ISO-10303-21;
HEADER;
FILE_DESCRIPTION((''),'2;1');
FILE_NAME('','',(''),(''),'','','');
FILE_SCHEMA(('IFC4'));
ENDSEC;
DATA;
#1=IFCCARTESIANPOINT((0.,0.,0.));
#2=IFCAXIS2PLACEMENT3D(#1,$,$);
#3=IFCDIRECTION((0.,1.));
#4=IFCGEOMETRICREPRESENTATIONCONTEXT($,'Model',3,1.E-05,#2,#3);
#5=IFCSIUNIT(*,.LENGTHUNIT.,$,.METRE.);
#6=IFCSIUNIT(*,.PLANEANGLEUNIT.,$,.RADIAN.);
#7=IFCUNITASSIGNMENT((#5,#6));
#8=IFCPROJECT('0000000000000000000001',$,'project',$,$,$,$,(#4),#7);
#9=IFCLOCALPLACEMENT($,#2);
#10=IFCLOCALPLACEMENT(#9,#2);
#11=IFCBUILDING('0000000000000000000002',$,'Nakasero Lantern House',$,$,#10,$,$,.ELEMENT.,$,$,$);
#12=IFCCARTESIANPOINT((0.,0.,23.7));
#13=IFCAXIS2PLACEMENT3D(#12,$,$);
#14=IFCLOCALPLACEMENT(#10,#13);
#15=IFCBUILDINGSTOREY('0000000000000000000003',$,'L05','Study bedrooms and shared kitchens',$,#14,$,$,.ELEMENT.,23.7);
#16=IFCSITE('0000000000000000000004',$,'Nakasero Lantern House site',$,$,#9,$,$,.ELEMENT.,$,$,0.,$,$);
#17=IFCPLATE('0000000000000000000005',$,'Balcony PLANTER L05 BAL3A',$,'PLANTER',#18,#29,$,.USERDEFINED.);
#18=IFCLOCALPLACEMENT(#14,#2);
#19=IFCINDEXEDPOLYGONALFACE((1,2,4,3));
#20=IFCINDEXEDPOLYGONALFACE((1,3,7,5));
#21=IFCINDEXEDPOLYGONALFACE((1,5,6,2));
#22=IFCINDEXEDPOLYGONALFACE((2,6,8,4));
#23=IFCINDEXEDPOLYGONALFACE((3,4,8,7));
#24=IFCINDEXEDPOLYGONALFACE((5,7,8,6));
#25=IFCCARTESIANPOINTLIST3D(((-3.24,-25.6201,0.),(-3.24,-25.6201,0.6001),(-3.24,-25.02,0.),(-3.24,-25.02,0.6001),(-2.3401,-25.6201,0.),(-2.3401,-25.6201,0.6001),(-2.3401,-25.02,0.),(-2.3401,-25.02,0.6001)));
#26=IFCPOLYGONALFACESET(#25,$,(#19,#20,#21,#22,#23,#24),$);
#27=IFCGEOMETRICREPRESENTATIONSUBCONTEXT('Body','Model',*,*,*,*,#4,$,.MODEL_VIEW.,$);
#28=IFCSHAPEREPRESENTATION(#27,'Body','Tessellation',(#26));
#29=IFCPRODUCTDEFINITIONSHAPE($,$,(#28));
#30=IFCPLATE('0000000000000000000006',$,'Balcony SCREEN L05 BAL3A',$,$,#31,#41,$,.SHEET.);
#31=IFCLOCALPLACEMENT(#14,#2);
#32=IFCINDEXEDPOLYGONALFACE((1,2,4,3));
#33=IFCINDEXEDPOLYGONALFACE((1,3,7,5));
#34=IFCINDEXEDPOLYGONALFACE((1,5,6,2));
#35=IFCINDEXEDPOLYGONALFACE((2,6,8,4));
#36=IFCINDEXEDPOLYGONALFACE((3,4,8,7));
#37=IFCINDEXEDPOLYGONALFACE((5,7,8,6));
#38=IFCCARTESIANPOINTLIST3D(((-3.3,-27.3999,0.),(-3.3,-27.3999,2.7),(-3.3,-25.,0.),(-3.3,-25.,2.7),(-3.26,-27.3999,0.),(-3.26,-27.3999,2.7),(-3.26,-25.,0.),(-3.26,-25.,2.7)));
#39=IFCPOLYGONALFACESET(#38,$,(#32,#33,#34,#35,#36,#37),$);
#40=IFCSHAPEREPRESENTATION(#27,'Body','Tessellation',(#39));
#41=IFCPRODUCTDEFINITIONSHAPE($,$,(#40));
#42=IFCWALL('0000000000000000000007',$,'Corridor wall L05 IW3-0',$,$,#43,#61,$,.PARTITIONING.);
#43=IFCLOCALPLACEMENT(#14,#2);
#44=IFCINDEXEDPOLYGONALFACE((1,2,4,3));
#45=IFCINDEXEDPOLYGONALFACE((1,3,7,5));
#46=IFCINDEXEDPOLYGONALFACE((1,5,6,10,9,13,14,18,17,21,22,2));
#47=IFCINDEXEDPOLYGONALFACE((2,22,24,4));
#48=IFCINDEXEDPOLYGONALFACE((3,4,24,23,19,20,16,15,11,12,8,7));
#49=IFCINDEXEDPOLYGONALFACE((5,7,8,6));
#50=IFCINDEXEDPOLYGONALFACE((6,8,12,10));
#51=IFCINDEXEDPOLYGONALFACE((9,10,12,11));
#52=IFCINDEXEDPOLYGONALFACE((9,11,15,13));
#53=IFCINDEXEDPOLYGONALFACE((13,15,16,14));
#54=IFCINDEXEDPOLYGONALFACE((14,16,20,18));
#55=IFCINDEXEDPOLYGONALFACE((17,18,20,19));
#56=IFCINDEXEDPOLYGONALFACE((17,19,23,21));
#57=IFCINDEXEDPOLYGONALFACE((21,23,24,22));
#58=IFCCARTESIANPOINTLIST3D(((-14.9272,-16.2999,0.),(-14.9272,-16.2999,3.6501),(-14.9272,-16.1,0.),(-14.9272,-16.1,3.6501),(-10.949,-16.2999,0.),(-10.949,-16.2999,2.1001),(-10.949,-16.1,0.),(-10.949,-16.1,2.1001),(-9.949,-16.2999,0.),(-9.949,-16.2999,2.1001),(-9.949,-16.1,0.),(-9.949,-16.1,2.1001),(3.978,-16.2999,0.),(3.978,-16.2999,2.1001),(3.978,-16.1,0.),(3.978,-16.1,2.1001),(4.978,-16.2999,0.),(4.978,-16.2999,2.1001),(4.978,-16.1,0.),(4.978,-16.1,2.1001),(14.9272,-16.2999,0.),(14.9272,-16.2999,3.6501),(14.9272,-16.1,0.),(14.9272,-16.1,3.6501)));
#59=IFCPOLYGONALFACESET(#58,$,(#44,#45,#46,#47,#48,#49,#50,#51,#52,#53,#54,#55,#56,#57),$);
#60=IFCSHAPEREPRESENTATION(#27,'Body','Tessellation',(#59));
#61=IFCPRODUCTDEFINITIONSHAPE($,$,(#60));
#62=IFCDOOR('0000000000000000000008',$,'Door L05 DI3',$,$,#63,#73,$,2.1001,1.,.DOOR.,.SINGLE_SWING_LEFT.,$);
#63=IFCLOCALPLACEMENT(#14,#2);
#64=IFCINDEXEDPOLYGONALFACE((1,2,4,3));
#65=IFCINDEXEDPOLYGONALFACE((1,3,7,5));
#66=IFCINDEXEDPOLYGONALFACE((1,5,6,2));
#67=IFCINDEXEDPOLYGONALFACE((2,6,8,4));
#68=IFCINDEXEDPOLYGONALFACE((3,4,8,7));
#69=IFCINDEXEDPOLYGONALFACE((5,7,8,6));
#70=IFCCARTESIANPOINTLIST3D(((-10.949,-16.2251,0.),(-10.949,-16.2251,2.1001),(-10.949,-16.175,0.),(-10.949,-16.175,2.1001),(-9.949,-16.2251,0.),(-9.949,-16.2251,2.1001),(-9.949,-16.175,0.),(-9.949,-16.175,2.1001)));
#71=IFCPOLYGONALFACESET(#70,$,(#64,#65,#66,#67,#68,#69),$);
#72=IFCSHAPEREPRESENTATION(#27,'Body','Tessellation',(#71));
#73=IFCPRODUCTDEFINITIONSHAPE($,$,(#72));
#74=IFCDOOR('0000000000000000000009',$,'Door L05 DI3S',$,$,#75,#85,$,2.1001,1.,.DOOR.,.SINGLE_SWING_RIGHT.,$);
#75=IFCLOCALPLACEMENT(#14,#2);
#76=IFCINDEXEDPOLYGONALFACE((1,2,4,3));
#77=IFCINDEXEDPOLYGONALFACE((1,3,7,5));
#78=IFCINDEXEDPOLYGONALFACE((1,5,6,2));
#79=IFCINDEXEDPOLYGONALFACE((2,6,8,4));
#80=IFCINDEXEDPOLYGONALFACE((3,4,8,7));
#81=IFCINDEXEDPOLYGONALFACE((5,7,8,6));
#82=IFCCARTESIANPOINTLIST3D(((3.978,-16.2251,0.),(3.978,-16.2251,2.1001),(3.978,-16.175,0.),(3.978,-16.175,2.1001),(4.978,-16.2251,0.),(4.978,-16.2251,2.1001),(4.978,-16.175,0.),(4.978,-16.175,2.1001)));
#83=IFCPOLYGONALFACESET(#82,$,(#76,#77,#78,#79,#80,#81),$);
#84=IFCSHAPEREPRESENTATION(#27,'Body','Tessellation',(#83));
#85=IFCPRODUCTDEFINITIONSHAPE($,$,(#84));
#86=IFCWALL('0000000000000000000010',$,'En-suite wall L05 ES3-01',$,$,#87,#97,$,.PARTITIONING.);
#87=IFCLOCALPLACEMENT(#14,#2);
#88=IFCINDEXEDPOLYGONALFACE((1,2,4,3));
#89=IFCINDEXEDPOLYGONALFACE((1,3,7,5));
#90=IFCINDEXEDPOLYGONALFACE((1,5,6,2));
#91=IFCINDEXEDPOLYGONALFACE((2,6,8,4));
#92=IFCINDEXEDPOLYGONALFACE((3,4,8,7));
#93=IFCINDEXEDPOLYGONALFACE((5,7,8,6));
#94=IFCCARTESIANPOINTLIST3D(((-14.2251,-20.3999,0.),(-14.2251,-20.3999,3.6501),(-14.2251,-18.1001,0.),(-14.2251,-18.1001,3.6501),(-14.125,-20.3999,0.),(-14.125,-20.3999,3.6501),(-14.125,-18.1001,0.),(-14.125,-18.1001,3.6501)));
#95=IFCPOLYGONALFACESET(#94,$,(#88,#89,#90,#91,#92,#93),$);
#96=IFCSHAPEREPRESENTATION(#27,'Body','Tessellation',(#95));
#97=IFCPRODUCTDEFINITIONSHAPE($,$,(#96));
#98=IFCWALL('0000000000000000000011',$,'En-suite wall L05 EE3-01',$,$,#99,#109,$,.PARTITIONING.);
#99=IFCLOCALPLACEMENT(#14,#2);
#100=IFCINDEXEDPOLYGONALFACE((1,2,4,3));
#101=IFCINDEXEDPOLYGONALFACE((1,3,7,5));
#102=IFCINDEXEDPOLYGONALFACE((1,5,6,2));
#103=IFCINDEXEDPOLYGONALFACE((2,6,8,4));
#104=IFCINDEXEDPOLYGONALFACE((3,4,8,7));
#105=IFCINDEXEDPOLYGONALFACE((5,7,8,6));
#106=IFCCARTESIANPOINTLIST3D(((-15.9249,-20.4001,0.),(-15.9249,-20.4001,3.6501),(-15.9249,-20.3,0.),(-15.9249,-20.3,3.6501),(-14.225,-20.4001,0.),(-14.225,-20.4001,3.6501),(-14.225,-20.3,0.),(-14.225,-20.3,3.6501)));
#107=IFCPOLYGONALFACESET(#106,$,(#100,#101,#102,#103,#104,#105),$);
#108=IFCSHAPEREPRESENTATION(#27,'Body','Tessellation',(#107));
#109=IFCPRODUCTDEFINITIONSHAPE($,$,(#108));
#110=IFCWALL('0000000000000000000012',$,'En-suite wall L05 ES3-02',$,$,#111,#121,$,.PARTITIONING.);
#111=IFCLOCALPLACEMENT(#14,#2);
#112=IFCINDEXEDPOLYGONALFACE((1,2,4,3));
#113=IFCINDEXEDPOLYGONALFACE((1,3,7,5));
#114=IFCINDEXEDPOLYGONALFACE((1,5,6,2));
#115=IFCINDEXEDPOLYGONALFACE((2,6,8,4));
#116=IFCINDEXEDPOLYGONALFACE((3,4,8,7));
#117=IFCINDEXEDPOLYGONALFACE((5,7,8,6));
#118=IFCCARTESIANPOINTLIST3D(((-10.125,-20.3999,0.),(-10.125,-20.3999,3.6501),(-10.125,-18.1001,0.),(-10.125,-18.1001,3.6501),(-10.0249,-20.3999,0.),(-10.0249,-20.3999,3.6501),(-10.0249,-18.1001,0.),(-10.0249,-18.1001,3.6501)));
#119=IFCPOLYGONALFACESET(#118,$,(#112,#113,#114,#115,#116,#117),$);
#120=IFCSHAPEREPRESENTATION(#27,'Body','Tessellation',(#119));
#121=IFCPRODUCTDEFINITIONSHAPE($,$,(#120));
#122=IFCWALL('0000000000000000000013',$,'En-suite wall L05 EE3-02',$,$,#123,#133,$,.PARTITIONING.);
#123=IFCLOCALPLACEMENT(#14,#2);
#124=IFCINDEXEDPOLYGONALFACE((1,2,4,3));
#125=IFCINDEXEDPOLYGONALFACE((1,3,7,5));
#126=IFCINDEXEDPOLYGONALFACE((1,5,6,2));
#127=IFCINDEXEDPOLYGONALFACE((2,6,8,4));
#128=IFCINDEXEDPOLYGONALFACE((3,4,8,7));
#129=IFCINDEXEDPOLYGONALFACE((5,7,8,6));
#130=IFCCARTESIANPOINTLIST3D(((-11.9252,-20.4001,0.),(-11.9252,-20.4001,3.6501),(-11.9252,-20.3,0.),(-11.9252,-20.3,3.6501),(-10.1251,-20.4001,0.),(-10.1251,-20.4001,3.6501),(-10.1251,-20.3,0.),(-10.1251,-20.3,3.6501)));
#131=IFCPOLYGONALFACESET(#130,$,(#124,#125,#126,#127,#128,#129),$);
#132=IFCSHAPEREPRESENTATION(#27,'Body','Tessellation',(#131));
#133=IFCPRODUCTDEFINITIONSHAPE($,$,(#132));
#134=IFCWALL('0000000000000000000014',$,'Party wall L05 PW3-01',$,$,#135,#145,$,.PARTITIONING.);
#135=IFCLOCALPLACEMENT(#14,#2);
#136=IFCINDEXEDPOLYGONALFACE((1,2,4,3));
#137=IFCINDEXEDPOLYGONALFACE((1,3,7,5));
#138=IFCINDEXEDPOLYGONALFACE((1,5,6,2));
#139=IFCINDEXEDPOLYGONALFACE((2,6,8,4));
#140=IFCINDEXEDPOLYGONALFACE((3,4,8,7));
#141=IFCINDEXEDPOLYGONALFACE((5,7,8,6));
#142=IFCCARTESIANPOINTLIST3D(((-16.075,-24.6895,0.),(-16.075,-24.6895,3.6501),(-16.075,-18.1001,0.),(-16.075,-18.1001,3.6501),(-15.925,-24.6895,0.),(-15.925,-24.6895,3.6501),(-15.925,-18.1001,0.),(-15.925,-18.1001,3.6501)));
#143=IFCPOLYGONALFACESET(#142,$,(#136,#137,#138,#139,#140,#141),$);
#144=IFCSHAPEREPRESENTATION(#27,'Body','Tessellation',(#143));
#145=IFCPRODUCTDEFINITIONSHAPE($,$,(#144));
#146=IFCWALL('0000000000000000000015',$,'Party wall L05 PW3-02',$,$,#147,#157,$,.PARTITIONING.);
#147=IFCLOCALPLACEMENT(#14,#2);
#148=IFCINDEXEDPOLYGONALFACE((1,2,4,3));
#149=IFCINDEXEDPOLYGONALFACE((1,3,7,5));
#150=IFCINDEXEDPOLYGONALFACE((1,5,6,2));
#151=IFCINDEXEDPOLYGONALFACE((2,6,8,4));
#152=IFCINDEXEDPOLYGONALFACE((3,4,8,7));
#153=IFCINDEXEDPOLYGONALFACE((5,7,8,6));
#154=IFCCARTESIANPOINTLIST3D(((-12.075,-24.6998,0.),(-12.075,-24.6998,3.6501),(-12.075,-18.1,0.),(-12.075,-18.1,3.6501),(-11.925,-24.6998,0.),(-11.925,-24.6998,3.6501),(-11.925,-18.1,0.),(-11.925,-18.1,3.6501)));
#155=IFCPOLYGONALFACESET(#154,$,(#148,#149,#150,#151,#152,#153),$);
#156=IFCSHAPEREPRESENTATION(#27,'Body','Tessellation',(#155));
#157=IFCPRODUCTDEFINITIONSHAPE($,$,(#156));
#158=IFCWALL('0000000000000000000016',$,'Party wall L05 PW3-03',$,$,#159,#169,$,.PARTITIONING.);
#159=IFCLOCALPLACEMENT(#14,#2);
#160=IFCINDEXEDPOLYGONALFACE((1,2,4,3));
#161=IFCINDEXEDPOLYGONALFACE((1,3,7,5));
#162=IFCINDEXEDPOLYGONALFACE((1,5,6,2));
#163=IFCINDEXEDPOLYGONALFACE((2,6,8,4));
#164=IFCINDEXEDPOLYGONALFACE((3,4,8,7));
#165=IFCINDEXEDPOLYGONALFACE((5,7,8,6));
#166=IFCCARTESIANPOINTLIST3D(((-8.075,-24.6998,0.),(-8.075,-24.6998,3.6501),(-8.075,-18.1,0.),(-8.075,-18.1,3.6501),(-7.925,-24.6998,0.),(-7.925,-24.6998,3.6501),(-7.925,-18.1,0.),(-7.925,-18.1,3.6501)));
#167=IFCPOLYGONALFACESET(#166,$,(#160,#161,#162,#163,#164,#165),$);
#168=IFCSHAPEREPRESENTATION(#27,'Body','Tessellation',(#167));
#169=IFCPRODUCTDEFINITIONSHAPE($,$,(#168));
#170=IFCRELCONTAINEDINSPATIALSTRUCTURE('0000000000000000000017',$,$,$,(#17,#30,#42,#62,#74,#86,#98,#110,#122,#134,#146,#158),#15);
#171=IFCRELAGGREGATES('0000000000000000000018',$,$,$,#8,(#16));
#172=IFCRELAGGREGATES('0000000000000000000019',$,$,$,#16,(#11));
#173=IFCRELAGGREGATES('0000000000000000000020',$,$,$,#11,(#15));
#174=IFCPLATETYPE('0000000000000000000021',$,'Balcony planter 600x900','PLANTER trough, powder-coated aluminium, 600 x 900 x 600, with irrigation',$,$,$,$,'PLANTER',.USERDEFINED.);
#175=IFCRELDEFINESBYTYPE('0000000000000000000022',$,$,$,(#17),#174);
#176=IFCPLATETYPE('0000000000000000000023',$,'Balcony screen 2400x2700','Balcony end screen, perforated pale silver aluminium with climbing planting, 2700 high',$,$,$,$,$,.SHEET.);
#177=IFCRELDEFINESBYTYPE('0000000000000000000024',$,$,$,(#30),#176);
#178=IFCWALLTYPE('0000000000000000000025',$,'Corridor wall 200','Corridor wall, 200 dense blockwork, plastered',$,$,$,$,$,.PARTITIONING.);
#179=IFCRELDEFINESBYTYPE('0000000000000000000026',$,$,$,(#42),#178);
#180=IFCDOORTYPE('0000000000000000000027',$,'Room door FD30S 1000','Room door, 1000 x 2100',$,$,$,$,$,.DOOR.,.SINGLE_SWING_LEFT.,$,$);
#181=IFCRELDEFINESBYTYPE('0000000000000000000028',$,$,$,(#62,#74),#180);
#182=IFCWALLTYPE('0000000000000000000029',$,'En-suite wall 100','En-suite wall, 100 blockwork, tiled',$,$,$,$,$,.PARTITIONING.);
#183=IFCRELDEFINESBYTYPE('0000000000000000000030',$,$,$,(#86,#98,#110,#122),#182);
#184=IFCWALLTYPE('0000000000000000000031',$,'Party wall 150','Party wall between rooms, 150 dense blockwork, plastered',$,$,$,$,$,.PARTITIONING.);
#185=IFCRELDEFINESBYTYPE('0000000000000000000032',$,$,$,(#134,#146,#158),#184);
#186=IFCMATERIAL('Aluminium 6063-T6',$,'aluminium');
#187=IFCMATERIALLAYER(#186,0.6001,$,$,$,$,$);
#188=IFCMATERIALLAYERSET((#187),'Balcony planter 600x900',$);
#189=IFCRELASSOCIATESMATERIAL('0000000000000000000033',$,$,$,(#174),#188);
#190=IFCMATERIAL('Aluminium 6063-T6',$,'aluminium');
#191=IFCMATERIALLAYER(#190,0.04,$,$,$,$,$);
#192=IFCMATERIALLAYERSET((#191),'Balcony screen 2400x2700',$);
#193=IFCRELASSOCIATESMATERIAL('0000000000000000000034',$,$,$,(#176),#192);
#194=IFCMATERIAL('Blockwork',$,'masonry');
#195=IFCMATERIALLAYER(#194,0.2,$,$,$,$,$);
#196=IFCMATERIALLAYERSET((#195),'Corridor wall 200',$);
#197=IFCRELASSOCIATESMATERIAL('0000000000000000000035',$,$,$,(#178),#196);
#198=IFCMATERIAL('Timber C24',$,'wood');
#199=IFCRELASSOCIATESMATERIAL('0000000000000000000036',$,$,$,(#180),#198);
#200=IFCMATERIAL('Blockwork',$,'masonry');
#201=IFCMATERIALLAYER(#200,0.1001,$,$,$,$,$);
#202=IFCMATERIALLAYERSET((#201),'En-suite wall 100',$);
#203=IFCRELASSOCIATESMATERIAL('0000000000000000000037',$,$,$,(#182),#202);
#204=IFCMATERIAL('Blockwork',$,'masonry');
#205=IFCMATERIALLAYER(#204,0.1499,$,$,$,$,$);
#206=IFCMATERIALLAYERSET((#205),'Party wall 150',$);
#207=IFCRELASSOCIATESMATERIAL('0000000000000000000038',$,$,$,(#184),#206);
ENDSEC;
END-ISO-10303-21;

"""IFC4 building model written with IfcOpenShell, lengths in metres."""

from ifc_helpers import new_model, si_unit, direction, frame, frame_2d, origin, origin_2d, place, context, subcontext, project, spatial, rectangle, extrude, material, layer, layer_set, type_object, element, fill, save


model = new_model("IFC4")

# Units and contexts
model_context = context("Model", 3, precision=1e-05, world=origin(), true_north=direction((0.0, 1.0)))
body_context = subcontext(model_context, "Body", "Model", "MODEL_VIEW")
ifc_project = project(units=[si_unit("LENGTHUNIT", "METRE"), si_unit("PLANEANGLEUNIT", "RADIAN")], contexts=[model_context])

# Site, building, storey
site_placement = place(None, origin())
site = spatial("IfcSite", under=ifc_project, at=site_placement, Name="Nakasero Lantern House site", CompositionType="ELEMENT", RefElevation=0.0)
building_placement = place(site_placement, origin())
building = spatial("IfcBuilding", under=site, at=building_placement, Name="Nakasero Lantern House", CompositionType="ELEMENT")
storey_placement = place(building_placement, frame((0.0, 0.0, 23.7)))
storey = spatial("IfcBuildingStorey", under=building, at=storey_placement, Name="L05", Description="Study bedrooms and shared kitchens", CompositionType="ELEMENT", Elevation=23.7)

# Plates
ifc_material_1 = material(Name="Aluminium 6063-T6", Category="aluminium")
ifc_layer_1 = layer(ifc_material_1, 0.6001)
ifc_layer_set_1 = layer_set([ifc_layer_1], Name="Balcony planter 600x900")
plate_type_1 = type_object("IfcPlateType", Name="Balcony planter 600x900", Description="PLANTER trough, powder-coated aluminium, 600 x 900 x 600, with irrigation", ElementType="PLANTER", PredefinedType="USERDEFINED", material=ifc_layer_set_1)
plate_1_placement = place(storey_placement, frame((-2.79, -25.3201, 0.0), z_axis=(0.0, 0.0, 1.0), x_axis=(0.0, -1.0, 0.0)))
element("IfcPlate", 1, at=plate_1_placement, inside=storey, type_object=plate_type_1, Name="Balcony PLANTER L05 BAL3A", ObjectType="PLANTER", PredefinedType="USERDEFINED", context=body_context, shape_type="SweptSolid", body=[
    extrude(rectangle(XDim=0.6001, YDim=0.8999, at=origin_2d()), origin(), (0.0, 0.0, 1.0), 0.6001),
])
ifc_material_2 = material(Name="Aluminium 6063-T6", Category="aluminium")
ifc_layer_2 = layer(ifc_material_2, 0.04)
ifc_layer_set_2 = layer_set([ifc_layer_2], Name="Balcony screen 2400x2700")
plate_type_2 = type_object("IfcPlateType", Name="Balcony screen 2400x2700", Description="Balcony end screen, perforated pale silver aluminium with climbing planting, 2700 high", PredefinedType="SHEET", material=ifc_layer_set_2)
plate_2_placement = place(storey_placement, frame((-3.28, -26.2, 0.0), z_axis=(0.0, 0.0, 1.0), x_axis=(0.0, -1.0, 0.0)))
element("IfcPlate", 2, at=plate_2_placement, inside=storey, type_object=plate_type_2, Name="Balcony SCREEN L05 BAL3A", PredefinedType="SHEET", context=body_context, shape_type="SweptSolid", body=[
    extrude(rectangle(XDim=2.3999, YDim=0.04, at=origin_2d()), origin(), (0.0, 0.0, 1.0), 2.7),
])

# Wall, openings, doors
ifc_material_3 = material(Name="Blockwork", Category="masonry")
ifc_layer_3 = layer(ifc_material_3, 0.2)
ifc_layer_set_3 = layer_set([ifc_layer_3], Name="Corridor wall 200")
wall_type_1 = type_object("IfcWallType", Name="Corridor wall 200", Description="Corridor wall, 200 dense blockwork, plastered", PredefinedType="PARTITIONING", material=ifc_layer_set_3)
wall_1_placement = place(storey_placement, frame((-14.9272, -16.2, 0.0), z_axis=(0.0, 0.0, 1.0), x_axis=(1.0, 0.0, 0.0)))
wall_1 = element("IfcWall", 3, at=wall_1_placement, inside=storey, type_object=wall_type_1, Name="Corridor wall L05 IW3-0", PredefinedType="PARTITIONING", context=body_context, shape_type="SweptSolid", body=[
    extrude(rectangle(XDim=29.8545, YDim=0.2, at=frame_2d((14.9272, 0.0))), origin(), (0.0, 0.0, 1.0), 3.6501),
])
opening_1_placement = place(wall_1_placement, frame((3.9783, 0.0, 0.0)))
opening_1 = element("IfcOpeningElement", 4, at=opening_1_placement, cuts=wall_1, PredefinedType="OPENING", context=body_context, shape_type="SweptSolid", body=[
    extrude(rectangle(XDim=1.0, YDim=2.1001, at=frame_2d((0.5, 1.05))), frame((0.0, 0.1199, 0.0), z_axis=(0.0, -1.0, 0.0), x_axis=(1.0, 0.0, 0.0)), (0.0, 0.0, 1.0), 0.24),
])
opening_2_placement = place(wall_1_placement, frame((18.9053, 0.0, 0.0)))
opening_2 = element("IfcOpeningElement", 5, at=opening_2_placement, cuts=wall_1, PredefinedType="OPENING", context=body_context, shape_type="SweptSolid", body=[
    extrude(rectangle(XDim=1.0, YDim=2.1001, at=frame_2d((0.5, 1.05))), frame((0.0, 0.1199, 0.0), z_axis=(0.0, -1.0, 0.0), x_axis=(1.0, 0.0, 0.0)), (0.0, 0.0, 1.0), 0.24),
])
ifc_material_4 = material(Name="Timber C24", Category="wood")
door_type = type_object("IfcDoorType", Name="Room door FD30S 1000", Description="Room door, 1000 x 2100", OperationType="SINGLE_SWING_LEFT", PredefinedType="DOOR", material=ifc_material_4)
door_1_placement = place(opening_1_placement, origin())
door_1 = element("IfcDoor", 6, at=door_1_placement, inside=storey, type_object=door_type, Name="Door L05 DI3", OperationType="SINGLE_SWING_LEFT", OverallHeight=2.1001, OverallWidth=1.0, PredefinedType="DOOR", context=body_context, shape_type="SweptSolid", body=[
    extrude(rectangle(XDim=1.0, YDim=2.1001, at=frame_2d((0.5, 1.05))), frame((0.0, 0.0249, 0.0), z_axis=(0.0, -1.0, 0.0), x_axis=(1.0, 0.0, 0.0)), (0.0, 0.0, 1.0), 0.05),
])
fill(opening_1, door_1)
door_2_placement = place(opening_2_placement, origin())
door_2 = element("IfcDoor", 7, at=door_2_placement, inside=storey, type_object=door_type, Name="Door L05 DI3S", OperationType="SINGLE_SWING_RIGHT", OverallHeight=2.1001, OverallWidth=1.0, PredefinedType="DOOR", context=body_context, shape_type="SweptSolid", body=[
    extrude(rectangle(XDim=1.0, YDim=2.1001, at=frame_2d((0.5, 1.05))), frame((0.0, 0.0249, 0.0), z_axis=(0.0, -1.0, 0.0), x_axis=(1.0, 0.0, 0.0)), (0.0, 0.0, 1.0), 0.05),
])
fill(opening_2, door_2)

# Walls
ifc_material_5 = material(Name="Blockwork", Category="masonry")
ifc_layer_4 = layer(ifc_material_5, 0.1001)
ifc_layer_set_4 = layer_set([ifc_layer_4], Name="En-suite wall 100")
wall_type_2 = type_object("IfcWallType", Name="En-suite wall 100", Description="En-suite wall, 100 blockwork, tiled", PredefinedType="PARTITIONING", material=ifc_layer_set_4)
wall_2_placement = place(storey_placement, frame((-14.175, -18.1001, 0.0), z_axis=(0.0, 0.0, 1.0), x_axis=(0.0, -1.0, 0.0)))
element("IfcWall", 8, at=wall_2_placement, inside=storey, type_object=wall_type_2, Name="En-suite wall L05 ES3-01", PredefinedType="PARTITIONING", context=body_context, shape_type="SweptSolid", body=[
    extrude(rectangle(XDim=2.2998, YDim=0.1001, at=frame_2d((1.1499, 0.0))), origin(), (0.0, 0.0, 1.0), 3.6501),
])
wall_3_placement = place(storey_placement, frame((-15.925, -20.3501, 0.0), z_axis=(0.0, 0.0, 1.0), x_axis=(1.0, 0.0, 0.0)))
element("IfcWall", 9, at=wall_3_placement, inside=storey, type_object=wall_type_2, Name="En-suite wall L05 EE3-01", PredefinedType="PARTITIONING", context=body_context, shape_type="SweptSolid", body=[
    extrude(rectangle(XDim=1.7, YDim=0.1001, at=frame_2d((0.8501, 0.0))), origin(), (0.0, 0.0, 1.0), 3.6501),
])
wall_4_placement = place(storey_placement, frame((-10.075, -18.1001, 0.0), z_axis=(0.0, 0.0, 1.0), x_axis=(0.0, -1.0, 0.0)))
element("IfcWall", 10, at=wall_4_placement, inside=storey, type_object=wall_type_2, Name="En-suite wall L05 ES3-02", PredefinedType="PARTITIONING", context=body_context, shape_type="SweptSolid", body=[
    extrude(rectangle(XDim=2.2998, YDim=0.1001, at=frame_2d((1.1499, 0.0))), origin(), (0.0, 0.0, 1.0), 3.6501),
])
wall_5_placement = place(storey_placement, frame((-11.925, -20.3501, 0.0), z_axis=(0.0, 0.0, 1.0), x_axis=(1.0, 0.0, 0.0)))
element("IfcWall", 11, at=wall_5_placement, inside=storey, type_object=wall_type_2, Name="En-suite wall L05 EE3-02", PredefinedType="PARTITIONING", context=body_context, shape_type="SweptSolid", body=[
    extrude(rectangle(XDim=1.8, YDim=0.1001, at=frame_2d((0.8999, 0.0))), origin(), (0.0, 0.0, 1.0), 3.6501),
])
ifc_material_6 = material(Name="Blockwork", Category="masonry")
ifc_layer_5 = layer(ifc_material_6, 0.1499)
ifc_layer_set_5 = layer_set([ifc_layer_5], Name="Party wall 150")
wall_type_3 = type_object("IfcWallType", Name="Party wall 150", Description="Party wall between rooms, 150 dense blockwork, plastered", PredefinedType="PARTITIONING", material=ifc_layer_set_5)
wall_6_placement = place(storey_placement, frame((-16.0, -18.1001, 0.0), z_axis=(0.0, 0.0, 1.0), x_axis=(0.0, -1.0, 0.0)))
element("IfcWall", 12, at=wall_6_placement, inside=storey, type_object=wall_type_3, Name="Party wall L05 PW3-01", PredefinedType="PARTITIONING", context=body_context, shape_type="SweptSolid", body=[
    extrude(rectangle(XDim=6.5894, YDim=0.1499, at=frame_2d((3.2947, 0.0))), origin(), (0.0, 0.0, 1.0), 3.6501),
])
for number, where, z_axis, x_axis, name in (
    (13, (-12.0, -18.1001, 0.0), (0.0, 0.0, 1.0), (0.0, -1.0, 0.0), "Party wall L05 PW3-02"),
    (14, (-8.0, -18.1001, 0.0), (0.0, 0.0, 1.0), (0.0, -1.0, 0.0), "Party wall L05 PW3-03"),
):
    element("IfcWall", number, at=place(storey_placement, frame(where, z_axis=z_axis, x_axis=x_axis)), inside=storey, type_object=wall_type_3, Name=name, PredefinedType="PARTITIONING", context=body_context, shape_type="SweptSolid", body=[
        extrude(rectangle(XDim=6.5999, YDim=0.1499, at=frame_2d((3.2998, 0.0))), origin(), (0.0, 0.0, 1.0), 3.6501),
    ])

save(model, "model.ifc")
